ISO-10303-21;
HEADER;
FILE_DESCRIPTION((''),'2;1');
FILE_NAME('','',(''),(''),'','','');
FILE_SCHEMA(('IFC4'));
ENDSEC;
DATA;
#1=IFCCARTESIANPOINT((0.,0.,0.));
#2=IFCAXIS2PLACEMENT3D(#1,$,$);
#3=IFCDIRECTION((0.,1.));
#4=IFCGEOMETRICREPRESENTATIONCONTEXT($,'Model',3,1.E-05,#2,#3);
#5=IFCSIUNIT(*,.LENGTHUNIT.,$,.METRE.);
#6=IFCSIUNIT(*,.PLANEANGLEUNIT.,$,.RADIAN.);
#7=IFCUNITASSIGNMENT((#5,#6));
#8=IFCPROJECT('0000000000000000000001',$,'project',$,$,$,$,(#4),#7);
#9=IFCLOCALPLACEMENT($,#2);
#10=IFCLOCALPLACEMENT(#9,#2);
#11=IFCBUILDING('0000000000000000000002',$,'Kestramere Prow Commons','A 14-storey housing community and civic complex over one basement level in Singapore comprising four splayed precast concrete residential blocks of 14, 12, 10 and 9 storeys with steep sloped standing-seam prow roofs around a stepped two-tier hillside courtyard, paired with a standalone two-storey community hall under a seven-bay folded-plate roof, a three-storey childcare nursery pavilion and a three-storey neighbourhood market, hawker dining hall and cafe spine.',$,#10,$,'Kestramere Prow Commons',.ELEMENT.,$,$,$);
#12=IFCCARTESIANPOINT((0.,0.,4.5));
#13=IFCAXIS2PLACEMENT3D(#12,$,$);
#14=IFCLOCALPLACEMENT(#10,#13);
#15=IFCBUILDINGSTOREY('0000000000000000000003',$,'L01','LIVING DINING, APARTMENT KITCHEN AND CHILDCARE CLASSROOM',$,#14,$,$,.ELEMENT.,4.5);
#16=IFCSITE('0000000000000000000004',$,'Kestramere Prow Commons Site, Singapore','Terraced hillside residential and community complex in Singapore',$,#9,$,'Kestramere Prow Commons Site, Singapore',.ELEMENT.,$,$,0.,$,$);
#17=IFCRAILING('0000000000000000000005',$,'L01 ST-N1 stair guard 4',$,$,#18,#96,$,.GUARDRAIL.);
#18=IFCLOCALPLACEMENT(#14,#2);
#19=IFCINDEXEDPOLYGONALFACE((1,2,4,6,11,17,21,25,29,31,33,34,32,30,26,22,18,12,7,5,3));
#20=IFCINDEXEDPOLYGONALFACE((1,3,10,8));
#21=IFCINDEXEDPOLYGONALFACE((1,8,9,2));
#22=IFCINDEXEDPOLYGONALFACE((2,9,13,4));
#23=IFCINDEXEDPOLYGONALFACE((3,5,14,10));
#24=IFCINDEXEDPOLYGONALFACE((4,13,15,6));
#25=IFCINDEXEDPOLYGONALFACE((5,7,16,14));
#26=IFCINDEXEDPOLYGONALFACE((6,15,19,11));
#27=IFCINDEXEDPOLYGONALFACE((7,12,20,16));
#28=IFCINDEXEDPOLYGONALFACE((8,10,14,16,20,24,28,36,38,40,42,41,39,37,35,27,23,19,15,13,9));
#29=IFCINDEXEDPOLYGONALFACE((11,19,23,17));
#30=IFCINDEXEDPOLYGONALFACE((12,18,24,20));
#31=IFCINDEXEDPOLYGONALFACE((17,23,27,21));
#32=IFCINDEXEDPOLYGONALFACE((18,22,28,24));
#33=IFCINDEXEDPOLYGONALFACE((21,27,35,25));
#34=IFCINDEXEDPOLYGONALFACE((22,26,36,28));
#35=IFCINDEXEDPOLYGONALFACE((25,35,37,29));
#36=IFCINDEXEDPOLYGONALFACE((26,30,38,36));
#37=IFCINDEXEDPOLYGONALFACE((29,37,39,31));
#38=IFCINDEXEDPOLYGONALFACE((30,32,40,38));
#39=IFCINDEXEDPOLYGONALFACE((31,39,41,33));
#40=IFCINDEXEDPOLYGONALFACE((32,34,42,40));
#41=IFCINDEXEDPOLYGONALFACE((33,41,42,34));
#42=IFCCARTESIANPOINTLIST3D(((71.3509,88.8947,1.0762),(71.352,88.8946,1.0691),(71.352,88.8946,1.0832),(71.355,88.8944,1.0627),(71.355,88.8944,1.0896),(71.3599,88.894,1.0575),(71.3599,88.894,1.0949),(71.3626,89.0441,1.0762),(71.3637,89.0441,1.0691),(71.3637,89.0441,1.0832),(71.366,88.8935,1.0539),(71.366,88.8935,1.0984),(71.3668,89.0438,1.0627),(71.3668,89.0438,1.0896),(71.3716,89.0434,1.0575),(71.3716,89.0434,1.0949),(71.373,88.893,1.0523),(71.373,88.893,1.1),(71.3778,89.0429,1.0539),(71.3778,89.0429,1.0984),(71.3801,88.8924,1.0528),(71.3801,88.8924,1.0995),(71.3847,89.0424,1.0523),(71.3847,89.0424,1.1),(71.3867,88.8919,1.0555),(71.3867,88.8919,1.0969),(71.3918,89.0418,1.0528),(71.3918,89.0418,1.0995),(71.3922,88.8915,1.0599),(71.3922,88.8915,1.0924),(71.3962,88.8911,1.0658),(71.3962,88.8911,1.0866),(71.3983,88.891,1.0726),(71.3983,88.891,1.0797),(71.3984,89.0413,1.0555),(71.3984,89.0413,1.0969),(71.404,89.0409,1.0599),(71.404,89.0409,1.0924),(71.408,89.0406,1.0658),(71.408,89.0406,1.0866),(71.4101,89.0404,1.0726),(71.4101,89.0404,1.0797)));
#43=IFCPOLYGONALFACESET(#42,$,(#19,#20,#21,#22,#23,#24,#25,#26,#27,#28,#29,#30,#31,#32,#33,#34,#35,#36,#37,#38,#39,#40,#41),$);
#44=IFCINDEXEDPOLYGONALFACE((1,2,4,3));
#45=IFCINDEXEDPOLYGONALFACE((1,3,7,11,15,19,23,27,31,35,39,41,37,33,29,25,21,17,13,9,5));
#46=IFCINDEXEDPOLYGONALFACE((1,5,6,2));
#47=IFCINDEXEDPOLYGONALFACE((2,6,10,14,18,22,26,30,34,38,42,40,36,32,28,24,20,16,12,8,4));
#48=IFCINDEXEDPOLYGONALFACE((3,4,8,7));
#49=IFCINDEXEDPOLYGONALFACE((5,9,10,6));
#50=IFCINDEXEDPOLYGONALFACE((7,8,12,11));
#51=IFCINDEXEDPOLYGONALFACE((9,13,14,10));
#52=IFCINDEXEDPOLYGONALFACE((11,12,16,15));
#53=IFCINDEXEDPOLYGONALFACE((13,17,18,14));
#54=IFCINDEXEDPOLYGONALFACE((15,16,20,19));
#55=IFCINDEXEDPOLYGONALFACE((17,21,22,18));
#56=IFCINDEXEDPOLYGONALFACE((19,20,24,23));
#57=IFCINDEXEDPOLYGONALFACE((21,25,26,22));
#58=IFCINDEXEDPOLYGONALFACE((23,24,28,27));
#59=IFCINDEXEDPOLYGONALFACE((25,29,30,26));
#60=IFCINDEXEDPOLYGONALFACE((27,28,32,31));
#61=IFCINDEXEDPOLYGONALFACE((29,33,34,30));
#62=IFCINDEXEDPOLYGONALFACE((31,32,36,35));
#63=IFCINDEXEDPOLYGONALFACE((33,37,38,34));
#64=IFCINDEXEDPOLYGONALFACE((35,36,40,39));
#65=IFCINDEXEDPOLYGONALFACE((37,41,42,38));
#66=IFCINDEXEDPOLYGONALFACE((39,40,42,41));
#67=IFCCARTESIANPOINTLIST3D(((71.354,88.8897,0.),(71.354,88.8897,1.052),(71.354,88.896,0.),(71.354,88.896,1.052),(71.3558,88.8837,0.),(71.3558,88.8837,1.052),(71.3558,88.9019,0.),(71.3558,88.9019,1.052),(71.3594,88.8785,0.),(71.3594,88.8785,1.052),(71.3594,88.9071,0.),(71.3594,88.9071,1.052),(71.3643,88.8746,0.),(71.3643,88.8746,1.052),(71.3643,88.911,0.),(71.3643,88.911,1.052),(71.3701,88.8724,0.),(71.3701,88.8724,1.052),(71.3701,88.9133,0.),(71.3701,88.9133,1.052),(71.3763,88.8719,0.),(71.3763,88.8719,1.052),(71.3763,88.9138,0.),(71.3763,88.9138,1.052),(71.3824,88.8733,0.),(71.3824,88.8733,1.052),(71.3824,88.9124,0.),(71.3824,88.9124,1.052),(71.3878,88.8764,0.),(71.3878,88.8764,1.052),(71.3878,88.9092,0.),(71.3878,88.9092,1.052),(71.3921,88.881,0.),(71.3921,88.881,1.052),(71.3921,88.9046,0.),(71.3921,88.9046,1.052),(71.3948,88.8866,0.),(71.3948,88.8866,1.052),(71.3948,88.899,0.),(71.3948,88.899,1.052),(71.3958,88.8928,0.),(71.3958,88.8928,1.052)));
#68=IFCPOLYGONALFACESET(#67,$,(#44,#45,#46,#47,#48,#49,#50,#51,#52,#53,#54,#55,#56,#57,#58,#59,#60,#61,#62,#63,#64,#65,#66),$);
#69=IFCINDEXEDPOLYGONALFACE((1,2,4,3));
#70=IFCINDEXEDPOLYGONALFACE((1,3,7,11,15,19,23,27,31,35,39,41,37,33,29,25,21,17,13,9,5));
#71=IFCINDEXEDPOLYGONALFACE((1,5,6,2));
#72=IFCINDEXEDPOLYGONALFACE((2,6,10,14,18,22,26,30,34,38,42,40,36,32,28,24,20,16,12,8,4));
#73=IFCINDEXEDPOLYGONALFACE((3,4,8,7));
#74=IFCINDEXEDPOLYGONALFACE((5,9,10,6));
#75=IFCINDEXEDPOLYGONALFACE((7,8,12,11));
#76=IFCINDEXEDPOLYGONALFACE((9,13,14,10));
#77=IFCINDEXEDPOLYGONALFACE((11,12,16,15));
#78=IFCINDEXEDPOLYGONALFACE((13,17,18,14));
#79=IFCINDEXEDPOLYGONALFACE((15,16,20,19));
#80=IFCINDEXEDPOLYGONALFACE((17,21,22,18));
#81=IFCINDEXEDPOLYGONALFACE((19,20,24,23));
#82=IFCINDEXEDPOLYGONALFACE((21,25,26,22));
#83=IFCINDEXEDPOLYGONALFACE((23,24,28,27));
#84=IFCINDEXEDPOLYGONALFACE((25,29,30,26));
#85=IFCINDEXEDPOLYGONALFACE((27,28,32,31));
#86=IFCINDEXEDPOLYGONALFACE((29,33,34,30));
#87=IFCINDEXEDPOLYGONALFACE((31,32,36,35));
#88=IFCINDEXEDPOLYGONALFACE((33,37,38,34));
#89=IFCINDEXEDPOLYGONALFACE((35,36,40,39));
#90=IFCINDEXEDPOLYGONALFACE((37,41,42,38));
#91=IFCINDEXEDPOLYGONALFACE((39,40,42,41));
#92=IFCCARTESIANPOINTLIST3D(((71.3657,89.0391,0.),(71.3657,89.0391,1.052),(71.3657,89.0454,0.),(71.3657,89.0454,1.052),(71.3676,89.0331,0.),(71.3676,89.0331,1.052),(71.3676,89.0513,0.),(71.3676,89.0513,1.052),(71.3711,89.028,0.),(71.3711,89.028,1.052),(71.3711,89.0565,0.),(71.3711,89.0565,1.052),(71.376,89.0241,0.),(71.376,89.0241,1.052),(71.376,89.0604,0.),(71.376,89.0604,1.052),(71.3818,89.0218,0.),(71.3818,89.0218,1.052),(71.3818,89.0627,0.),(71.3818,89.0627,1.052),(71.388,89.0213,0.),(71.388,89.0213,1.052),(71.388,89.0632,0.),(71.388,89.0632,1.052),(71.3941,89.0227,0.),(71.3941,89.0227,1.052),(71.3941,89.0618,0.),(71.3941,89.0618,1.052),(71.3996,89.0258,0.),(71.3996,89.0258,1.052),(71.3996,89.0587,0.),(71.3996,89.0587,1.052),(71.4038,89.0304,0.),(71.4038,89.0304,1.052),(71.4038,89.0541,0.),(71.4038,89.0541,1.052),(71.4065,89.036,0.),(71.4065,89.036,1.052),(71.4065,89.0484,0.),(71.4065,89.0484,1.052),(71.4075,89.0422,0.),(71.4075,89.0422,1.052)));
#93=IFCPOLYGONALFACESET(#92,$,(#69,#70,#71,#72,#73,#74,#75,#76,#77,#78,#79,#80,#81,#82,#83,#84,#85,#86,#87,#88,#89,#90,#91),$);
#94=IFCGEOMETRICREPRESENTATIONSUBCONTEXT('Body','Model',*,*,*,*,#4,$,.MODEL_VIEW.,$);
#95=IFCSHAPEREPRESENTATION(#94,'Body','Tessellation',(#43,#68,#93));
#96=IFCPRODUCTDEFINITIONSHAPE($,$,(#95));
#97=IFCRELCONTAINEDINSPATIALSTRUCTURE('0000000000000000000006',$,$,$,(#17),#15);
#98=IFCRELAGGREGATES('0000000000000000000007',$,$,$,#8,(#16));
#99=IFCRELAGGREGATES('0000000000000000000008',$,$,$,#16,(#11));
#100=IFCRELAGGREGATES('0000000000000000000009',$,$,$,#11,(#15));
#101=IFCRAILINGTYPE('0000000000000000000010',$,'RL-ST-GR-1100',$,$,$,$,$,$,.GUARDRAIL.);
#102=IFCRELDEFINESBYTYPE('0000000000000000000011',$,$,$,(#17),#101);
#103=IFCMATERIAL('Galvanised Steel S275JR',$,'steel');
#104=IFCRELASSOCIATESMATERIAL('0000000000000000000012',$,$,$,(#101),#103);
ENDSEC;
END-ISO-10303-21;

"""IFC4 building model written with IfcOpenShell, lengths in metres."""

from ifc_helpers import new_model, si_unit, direction, frame, origin, origin_2d, place, context, subcontext, project, spatial, circle, extrude, material, type_object, element, save


model = new_model("IFC4")

# Units and contexts
model_context = context("Model", 3, precision=1e-05, world=origin(), true_north=direction((0.0, 1.0)))
body_context = subcontext(model_context, "Body", "Model", "MODEL_VIEW")
ifc_project = project(units=[si_unit("LENGTHUNIT", "METRE"), si_unit("PLANEANGLEUNIT", "RADIAN")], contexts=[model_context])

# Site, building, storey
site_placement = place(None, origin())
site = spatial("IfcSite", under=ifc_project, at=site_placement, Name="Kestramere Prow Commons Site, Singapore", Description="Terraced hillside residential and community complex in Singapore", LongName="Kestramere Prow Commons Site, Singapore", CompositionType="ELEMENT", RefElevation=0.0)
building_placement = place(site_placement, origin())
building = spatial("IfcBuilding", under=site, at=building_placement, Name="Kestramere Prow Commons", Description="A 14-storey housing community and civic complex over one basement level in Singapore comprising four splayed precast concrete residential blocks of 14, 12, 10 and 9 storeys with steep sloped standing-seam prow roofs around a stepped two-tier hillside courtyard, paired with a standalone two-storey community hall under a seven-bay folded-plate roof, a three-storey childcare nursery pavilion and a three-storey neighbourhood market, hawker dining hall and cafe spine.", LongName="Kestramere Prow Commons", CompositionType="ELEMENT")
storey_placement = place(building_placement, frame((0.0, 0.0, 4.5)))
storey = spatial("IfcBuildingStorey", under=building, at=storey_placement, Name="L01", Description="LIVING DINING, APARTMENT KITCHEN AND CHILDCARE CLASSROOM", CompositionType="ELEMENT", Elevation=4.5)

# Railing
ifc_material_1 = material(Name="Galvanised Steel S275JR", Category="steel")
railing_type_1 = type_object("IfcRailingType", Name="RL-ST-GR-1100", PredefinedType="GUARDRAIL", material=ifc_material_1)
railing_1_placement = place(storey_placement, frame((71.3748, 88.8928, 0.0)))
element("IfcRailing", 1, at=railing_1_placement, inside=storey, type_object=railing_type_1, Name="L01 ST-N1 stair guard 4", PredefinedType="GUARDRAIL", context=body_context, shape_type="SweptSolid", body=[
    extrude(circle(Radius=0.0239, at=origin_2d()), frame((0.0, 0.0, 1.0762), z_axis=(0.078191, 0.996938, 0.0), x_axis=(-0.996938, 0.078191, 0.0)), (0.0, 0.0, 1.0), 0.1499),
    extrude(circle(Radius=0.021, at=origin_2d()), origin(), (0.0, 0.0, 1.0), 1.052),
    extrude(circle(Radius=0.021, at=origin_2d()), frame((0.0117, 0.1494, 0.0)), (0.0, 0.0, 1.0), 1.052),
])

save(model, "model.ifc")
